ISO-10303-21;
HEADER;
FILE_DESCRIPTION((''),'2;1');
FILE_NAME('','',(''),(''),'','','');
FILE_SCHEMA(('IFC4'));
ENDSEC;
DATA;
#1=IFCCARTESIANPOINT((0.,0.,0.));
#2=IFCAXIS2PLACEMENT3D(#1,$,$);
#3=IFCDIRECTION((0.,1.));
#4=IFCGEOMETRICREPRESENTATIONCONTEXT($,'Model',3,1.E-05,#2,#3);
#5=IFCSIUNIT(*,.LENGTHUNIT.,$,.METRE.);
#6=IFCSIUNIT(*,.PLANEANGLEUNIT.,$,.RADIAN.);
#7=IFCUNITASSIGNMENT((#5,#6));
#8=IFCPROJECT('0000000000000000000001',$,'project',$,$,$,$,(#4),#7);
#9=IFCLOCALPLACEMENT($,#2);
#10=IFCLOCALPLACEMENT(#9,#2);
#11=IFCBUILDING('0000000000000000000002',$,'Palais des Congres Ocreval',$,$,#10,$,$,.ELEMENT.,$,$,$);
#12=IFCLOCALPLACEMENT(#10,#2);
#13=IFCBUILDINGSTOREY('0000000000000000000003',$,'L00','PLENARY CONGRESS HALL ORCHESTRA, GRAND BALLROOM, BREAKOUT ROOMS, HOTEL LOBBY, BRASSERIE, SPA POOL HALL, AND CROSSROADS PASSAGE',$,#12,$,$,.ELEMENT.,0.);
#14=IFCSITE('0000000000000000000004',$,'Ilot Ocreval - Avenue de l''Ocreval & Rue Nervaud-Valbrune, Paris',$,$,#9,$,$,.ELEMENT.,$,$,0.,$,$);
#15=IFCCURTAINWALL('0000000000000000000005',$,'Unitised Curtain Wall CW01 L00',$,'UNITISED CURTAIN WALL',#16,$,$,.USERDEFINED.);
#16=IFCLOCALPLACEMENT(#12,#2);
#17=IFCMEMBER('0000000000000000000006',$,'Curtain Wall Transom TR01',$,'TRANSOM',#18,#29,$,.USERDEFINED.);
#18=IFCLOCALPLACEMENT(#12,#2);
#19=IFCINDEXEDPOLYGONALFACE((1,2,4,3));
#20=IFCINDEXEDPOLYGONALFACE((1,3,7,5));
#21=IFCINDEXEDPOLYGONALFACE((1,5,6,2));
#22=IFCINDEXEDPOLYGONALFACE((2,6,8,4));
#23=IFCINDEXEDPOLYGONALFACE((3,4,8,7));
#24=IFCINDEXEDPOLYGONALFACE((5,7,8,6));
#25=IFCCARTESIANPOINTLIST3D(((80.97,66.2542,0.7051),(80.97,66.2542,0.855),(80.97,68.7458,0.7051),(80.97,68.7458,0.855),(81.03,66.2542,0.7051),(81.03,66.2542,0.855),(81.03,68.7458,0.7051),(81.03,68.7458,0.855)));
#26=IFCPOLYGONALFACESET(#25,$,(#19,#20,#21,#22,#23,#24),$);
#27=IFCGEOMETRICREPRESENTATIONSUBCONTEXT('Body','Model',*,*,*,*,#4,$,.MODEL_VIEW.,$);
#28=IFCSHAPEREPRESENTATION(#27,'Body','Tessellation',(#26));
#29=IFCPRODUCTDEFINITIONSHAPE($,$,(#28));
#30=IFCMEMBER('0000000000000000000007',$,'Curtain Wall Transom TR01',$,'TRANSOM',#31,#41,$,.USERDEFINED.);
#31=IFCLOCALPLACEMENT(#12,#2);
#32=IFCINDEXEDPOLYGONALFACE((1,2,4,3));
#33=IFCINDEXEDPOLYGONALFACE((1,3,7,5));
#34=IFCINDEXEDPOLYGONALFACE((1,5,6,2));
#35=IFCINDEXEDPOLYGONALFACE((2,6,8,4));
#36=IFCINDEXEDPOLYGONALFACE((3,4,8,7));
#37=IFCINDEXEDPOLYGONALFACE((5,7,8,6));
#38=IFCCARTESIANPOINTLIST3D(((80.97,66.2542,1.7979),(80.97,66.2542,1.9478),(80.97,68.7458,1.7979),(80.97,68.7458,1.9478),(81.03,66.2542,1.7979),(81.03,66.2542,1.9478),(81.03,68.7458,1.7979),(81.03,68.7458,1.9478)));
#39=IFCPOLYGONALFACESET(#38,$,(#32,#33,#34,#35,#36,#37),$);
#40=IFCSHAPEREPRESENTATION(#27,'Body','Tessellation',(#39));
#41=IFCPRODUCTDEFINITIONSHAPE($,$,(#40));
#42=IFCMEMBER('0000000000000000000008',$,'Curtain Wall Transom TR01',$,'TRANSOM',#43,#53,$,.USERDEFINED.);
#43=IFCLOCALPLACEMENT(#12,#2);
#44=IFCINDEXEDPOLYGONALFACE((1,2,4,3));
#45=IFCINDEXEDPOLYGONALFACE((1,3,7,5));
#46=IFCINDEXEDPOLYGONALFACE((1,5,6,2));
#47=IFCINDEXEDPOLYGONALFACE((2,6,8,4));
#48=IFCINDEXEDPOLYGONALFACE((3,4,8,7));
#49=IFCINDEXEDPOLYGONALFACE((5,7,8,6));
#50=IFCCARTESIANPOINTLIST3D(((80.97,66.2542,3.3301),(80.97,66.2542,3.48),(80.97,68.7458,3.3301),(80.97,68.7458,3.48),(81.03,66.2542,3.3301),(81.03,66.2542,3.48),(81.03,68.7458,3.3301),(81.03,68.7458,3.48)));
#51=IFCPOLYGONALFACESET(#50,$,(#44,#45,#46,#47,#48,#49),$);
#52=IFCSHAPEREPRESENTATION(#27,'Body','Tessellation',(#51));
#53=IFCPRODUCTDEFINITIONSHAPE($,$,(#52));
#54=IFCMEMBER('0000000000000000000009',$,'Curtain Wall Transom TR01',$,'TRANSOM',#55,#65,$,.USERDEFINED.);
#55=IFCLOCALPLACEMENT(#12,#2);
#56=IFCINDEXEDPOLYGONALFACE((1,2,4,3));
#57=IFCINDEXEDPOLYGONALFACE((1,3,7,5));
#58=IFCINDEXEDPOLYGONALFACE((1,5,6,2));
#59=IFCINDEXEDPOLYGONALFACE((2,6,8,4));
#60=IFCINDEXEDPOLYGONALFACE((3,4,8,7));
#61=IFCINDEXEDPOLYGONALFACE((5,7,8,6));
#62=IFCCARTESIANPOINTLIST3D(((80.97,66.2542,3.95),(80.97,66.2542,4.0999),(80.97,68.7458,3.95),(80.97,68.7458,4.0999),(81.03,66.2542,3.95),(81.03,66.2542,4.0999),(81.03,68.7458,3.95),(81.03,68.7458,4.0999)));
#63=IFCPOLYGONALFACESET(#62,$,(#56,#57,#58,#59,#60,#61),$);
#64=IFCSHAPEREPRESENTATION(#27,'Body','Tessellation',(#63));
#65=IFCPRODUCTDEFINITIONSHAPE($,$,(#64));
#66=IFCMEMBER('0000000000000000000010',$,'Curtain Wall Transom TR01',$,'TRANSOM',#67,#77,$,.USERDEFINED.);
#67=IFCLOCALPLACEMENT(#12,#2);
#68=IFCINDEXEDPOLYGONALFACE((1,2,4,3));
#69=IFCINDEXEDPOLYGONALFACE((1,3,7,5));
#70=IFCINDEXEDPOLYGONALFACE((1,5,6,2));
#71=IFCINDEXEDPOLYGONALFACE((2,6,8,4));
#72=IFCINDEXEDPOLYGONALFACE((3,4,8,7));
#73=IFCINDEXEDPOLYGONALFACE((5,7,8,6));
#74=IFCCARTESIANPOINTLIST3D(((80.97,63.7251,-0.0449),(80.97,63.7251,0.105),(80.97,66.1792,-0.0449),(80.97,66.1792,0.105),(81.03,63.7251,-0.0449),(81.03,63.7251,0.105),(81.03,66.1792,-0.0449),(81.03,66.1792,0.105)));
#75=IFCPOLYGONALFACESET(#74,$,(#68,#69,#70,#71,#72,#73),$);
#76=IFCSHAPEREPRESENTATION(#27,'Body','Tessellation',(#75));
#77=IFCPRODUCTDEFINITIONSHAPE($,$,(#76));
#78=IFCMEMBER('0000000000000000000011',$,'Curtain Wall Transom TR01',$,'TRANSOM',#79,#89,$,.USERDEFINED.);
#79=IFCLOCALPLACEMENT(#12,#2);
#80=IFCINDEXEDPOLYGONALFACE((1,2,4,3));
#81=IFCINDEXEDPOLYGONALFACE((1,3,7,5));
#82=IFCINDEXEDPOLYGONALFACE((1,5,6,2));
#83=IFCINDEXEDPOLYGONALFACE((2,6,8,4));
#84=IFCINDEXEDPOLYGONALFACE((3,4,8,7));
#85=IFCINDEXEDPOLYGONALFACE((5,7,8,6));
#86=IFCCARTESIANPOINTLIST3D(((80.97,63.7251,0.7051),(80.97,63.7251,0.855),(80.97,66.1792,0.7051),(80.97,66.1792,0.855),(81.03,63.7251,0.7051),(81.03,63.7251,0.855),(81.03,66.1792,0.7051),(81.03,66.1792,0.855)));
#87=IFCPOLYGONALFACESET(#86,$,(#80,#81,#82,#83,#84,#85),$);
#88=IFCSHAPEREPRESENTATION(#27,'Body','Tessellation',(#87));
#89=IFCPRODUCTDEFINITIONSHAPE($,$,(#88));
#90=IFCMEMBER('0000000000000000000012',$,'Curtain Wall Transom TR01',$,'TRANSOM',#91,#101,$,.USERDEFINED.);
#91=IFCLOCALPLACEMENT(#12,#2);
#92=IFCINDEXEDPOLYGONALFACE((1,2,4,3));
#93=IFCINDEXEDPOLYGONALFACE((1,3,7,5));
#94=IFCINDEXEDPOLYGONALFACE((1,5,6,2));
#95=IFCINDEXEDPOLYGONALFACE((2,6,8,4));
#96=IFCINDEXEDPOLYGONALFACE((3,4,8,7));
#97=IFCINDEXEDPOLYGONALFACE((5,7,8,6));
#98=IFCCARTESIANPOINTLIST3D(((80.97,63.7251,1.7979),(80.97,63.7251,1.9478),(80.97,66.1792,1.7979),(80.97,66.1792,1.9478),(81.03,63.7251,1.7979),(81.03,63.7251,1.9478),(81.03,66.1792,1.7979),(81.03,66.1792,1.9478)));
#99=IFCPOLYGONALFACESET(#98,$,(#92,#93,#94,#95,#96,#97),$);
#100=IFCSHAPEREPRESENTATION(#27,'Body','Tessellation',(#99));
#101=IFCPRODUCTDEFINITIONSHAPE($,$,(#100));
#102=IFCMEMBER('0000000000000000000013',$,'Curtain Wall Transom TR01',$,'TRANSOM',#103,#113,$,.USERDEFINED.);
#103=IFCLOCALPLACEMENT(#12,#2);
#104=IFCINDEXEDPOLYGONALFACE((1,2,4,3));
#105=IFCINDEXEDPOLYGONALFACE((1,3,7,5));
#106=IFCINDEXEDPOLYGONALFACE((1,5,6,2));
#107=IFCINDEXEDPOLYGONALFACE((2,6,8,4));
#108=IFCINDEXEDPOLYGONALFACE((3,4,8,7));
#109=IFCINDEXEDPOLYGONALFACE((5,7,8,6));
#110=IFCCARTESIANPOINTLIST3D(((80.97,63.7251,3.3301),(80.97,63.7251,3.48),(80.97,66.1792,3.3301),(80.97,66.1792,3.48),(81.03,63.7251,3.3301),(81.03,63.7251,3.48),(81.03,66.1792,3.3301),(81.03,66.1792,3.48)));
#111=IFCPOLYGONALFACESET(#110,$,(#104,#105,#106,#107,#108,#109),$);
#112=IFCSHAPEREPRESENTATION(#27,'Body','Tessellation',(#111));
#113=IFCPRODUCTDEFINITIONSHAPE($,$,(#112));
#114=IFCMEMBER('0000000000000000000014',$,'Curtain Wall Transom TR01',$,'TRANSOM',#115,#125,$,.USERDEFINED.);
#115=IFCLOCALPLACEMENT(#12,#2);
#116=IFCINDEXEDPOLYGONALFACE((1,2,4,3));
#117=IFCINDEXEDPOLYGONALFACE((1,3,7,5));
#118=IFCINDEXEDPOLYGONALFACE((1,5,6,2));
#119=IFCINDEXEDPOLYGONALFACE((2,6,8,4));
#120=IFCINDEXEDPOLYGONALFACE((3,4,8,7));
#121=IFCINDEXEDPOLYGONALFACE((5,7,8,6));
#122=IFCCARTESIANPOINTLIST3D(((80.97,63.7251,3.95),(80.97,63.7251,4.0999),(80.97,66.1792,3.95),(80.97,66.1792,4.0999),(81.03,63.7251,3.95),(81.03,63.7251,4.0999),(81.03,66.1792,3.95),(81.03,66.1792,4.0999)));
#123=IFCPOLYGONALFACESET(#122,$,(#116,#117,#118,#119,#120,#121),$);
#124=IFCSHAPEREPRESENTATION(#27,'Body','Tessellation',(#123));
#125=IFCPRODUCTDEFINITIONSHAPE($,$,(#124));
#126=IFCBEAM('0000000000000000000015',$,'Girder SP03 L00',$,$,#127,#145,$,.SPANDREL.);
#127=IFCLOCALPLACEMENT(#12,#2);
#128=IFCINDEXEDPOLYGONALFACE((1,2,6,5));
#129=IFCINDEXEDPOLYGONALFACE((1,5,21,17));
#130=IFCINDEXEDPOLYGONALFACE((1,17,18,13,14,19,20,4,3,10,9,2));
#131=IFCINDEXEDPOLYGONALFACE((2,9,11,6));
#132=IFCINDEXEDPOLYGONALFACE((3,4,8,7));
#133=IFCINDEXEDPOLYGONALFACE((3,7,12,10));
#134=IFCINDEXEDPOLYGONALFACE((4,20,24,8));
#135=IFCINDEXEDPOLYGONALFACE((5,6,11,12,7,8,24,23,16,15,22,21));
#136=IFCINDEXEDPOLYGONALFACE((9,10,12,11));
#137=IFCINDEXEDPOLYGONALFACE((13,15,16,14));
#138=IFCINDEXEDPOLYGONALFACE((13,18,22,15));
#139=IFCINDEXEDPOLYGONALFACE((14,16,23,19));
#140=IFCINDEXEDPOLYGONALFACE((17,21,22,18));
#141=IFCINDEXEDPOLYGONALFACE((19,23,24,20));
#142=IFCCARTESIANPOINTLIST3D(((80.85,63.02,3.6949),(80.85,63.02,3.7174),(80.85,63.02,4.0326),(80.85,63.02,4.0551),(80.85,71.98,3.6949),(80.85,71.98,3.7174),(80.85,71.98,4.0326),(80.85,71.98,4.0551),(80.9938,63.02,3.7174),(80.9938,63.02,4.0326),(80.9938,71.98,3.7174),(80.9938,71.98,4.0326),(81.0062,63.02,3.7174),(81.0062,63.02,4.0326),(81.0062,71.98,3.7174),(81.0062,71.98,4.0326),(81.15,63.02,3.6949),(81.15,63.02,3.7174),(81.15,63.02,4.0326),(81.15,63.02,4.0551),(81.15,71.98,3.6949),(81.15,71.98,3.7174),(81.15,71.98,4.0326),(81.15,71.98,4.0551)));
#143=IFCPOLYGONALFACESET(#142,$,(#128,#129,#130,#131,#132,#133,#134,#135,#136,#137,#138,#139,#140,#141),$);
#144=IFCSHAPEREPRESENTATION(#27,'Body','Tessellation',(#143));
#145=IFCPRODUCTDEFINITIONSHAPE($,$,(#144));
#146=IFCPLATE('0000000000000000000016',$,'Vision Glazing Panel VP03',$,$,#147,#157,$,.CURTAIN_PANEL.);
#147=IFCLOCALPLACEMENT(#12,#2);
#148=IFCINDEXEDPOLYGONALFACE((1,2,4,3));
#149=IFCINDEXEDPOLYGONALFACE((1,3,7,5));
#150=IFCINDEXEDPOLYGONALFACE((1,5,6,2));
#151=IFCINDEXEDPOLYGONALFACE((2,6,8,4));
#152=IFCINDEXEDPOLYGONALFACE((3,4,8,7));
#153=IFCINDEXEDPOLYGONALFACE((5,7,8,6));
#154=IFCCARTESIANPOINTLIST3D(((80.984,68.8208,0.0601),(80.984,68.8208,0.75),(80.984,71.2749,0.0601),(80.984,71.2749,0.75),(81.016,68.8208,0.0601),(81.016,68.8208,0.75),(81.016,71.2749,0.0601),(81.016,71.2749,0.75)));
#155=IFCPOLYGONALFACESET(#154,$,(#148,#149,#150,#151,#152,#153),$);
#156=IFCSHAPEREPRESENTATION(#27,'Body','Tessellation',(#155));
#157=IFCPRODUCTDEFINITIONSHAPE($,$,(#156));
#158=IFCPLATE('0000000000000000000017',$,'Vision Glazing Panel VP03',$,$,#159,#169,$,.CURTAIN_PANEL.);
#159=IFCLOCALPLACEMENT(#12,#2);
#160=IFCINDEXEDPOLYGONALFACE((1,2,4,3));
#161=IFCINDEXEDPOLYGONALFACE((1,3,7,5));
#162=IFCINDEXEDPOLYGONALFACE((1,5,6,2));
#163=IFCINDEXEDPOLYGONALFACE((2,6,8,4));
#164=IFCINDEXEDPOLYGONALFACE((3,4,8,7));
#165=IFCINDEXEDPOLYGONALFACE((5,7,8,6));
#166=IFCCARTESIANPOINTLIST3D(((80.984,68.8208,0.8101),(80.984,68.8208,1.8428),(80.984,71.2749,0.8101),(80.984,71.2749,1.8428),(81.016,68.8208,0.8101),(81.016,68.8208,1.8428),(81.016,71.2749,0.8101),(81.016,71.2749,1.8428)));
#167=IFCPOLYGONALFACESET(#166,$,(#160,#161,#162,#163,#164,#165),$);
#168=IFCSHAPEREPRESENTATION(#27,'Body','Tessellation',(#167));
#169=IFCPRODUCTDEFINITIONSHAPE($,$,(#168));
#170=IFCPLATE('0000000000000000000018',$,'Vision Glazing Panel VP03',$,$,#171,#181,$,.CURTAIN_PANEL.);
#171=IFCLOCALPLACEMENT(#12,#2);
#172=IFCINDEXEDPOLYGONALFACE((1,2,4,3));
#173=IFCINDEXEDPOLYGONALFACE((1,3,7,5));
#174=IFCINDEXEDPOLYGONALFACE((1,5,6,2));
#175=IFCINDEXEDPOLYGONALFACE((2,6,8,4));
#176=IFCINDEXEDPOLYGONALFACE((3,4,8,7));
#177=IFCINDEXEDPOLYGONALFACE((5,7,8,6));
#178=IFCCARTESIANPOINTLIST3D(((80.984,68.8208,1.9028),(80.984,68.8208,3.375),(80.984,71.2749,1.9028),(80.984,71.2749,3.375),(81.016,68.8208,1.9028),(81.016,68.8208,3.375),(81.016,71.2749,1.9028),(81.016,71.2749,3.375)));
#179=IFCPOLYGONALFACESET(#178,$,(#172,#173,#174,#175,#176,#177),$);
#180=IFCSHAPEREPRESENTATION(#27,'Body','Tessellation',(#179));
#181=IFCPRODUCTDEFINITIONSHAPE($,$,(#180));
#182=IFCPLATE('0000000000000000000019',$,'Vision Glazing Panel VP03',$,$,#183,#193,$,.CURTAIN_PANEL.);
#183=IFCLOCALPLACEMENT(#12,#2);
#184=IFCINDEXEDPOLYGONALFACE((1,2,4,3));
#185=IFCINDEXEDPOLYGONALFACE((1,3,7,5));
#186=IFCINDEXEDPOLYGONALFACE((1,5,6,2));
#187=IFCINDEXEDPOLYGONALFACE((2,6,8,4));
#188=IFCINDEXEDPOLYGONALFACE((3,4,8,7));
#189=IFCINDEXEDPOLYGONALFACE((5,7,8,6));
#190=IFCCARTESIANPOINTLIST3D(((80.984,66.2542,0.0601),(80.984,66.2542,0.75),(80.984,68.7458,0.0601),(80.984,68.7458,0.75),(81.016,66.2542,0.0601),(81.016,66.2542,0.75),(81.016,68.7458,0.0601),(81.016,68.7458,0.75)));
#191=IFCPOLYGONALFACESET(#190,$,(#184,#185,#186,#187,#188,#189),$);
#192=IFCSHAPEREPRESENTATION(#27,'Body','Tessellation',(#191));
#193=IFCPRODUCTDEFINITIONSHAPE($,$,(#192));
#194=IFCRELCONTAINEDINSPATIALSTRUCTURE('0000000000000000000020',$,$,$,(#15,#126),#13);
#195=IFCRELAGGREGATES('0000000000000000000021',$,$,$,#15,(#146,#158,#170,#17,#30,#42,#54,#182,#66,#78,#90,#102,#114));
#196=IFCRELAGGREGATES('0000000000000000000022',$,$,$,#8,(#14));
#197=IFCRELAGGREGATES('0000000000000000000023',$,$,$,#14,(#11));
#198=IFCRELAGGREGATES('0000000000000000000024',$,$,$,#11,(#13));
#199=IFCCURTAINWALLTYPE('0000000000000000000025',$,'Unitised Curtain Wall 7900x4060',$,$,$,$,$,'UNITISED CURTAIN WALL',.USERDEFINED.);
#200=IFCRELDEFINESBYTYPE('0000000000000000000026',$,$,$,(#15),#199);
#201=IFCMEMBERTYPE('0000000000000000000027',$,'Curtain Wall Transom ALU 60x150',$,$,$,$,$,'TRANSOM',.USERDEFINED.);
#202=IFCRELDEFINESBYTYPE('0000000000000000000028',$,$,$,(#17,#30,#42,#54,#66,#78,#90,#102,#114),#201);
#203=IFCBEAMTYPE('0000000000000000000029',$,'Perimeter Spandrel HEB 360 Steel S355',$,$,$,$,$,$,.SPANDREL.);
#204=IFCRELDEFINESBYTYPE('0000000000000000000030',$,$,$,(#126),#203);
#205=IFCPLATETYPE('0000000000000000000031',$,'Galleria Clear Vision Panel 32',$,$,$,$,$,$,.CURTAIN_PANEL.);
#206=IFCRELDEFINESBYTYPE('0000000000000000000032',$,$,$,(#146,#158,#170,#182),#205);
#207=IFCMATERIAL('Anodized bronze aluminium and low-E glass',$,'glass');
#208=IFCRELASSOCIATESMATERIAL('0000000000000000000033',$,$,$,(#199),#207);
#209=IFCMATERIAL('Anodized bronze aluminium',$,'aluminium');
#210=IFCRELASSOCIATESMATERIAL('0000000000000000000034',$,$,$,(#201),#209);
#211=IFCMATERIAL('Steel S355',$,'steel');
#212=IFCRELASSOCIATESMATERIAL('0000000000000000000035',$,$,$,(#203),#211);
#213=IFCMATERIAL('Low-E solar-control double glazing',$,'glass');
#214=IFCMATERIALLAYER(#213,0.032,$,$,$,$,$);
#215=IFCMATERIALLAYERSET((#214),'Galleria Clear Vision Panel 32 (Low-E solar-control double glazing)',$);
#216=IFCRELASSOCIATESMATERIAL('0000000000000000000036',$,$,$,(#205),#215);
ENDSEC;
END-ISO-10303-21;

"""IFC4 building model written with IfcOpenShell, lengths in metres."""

from ifc_helpers import new_model, si_unit, direction, frame, origin, origin_2d, place, context, subcontext, project, spatial, rectangle, i_section, extrude, material, layer, layer_set, material_profile, profile_set, type_object, element, aggregate, save


model = new_model("IFC4")

# Units and contexts
model_context = context("Model", 3, precision=1e-05, world=origin(), true_north=direction((0.0, 1.0)))
body_context = subcontext(model_context, "Body", "Model", "MODEL_VIEW")
ifc_project = project(units=[si_unit("LENGTHUNIT", "METRE"), si_unit("PLANEANGLEUNIT", "RADIAN")], contexts=[model_context])

# Site, building, storey
site_placement = place(None, origin())
site = spatial("IfcSite", under=ifc_project, at=site_placement, Name="Ilot Ocreval - Avenue de l'Ocreval & Rue Nervaud-Valbrune, Paris", CompositionType="ELEMENT", RefElevation=0.0)
building_placement = place(site_placement, origin())
building = spatial("IfcBuilding", under=site, at=building_placement, Name="Palais des Congres Ocreval", CompositionType="ELEMENT")
storey_placement = place(building_placement, origin())
storey = spatial("IfcBuildingStorey", under=building, at=storey_placement, Name="L00", Description="PLENARY CONGRESS HALL ORCHESTRA, GRAND BALLROOM, BREAKOUT ROOMS, HOTEL LOBBY, BRASSERIE, SPA POOL HALL, AND CROSSROADS PASSAGE", CompositionType="ELEMENT", Elevation=0.0)

# Shared definitions
ifc_material_1 = material(Name="Steel S355", Category="steel")

# Curtain wall, members
ifc_material_2 = material(Name="Anodized bronze aluminium and low-E glass", Category="glass")
curtain_wall_type = type_object("IfcCurtainWallType", Name="Unitised Curtain Wall 7900x4060", ElementType="UNITISED CURTAIN WALL", PredefinedType="USERDEFINED", material=ifc_material_2)
curtain_wall_placement = place(storey_placement, origin())
curtain_wall = element("IfcCurtainWall", 1, at=curtain_wall_placement, inside=storey, type_object=curtain_wall_type, Name="Unitised Curtain Wall CW01 L00", ObjectType="UNITISED CURTAIN WALL", PredefinedType="USERDEFINED")
ifc_material_3 = material(Name="Anodized bronze aluminium", Category="aluminium")
ifc_material_profile_1 = material_profile(ifc_material_3, rectangle(XDim=0.0601, YDim=0.1499, at=origin_2d()), Name="ALU 60x150")
ifc_profile_set_1 = profile_set([ifc_material_profile_1], Name="Anodized bronze aluminium")
member_type_1 = type_object("IfcMemberType", Name="Curtain Wall Transom ALU 60x150", ElementType="TRANSOM", PredefinedType="USERDEFINED", material=ifc_profile_set_1)
member_1_placement = place(storey_placement, frame((81.0, 68.7458, 0.78), z_axis=(0.0, -1.0, 0.0), x_axis=(1.0, 0.0, 0.0)))
member_1 = element("IfcMember", 2, at=member_1_placement, type_object=member_type_1, Name="Curtain Wall Transom TR01", ObjectType="TRANSOM", PredefinedType="USERDEFINED", context=body_context, shape_type="SweptSolid", body=[
    extrude(rectangle(XDim=0.0601, YDim=0.1499, at=origin_2d()), origin(), (0.0, 0.0, 1.0), 2.4917),
])
member_2_placement = place(storey_placement, frame((81.0, 68.7458, 1.8728), z_axis=(0.0, -1.0, 0.0), x_axis=(1.0, 0.0, 0.0)))
member_2 = element("IfcMember", 3, at=member_2_placement, type_object=member_type_1, Name="Curtain Wall Transom TR01", ObjectType="TRANSOM", PredefinedType="USERDEFINED", context=body_context, shape_type="SweptSolid", body=[
    extrude(rectangle(XDim=0.0601, YDim=0.1499, at=origin_2d()), origin(), (0.0, 0.0, 1.0), 2.4917),
])
member_3_placement = place(storey_placement, frame((81.0, 68.7458, 3.405), z_axis=(0.0, -1.0, 0.0), x_axis=(1.0, 0.0, 0.0)))
member_3 = element("IfcMember", 4, at=member_3_placement, type_object=member_type_1, Name="Curtain Wall Transom TR01", ObjectType="TRANSOM", PredefinedType="USERDEFINED", context=body_context, shape_type="SweptSolid", body=[
    extrude(rectangle(XDim=0.0601, YDim=0.1499, at=origin_2d()), origin(), (0.0, 0.0, 1.0), 2.4917),
])
member_4_placement = place(storey_placement, frame((81.0, 68.7458, 4.0249), z_axis=(0.0, -1.0, 0.0), x_axis=(1.0, 0.0, 0.0)))
member_4 = element("IfcMember", 5, at=member_4_placement, type_object=member_type_1, Name="Curtain Wall Transom TR01", ObjectType="TRANSOM", PredefinedType="USERDEFINED", context=body_context, shape_type="SweptSolid", body=[
    extrude(rectangle(XDim=0.0601, YDim=0.1499, at=origin_2d()), origin(), (0.0, 0.0, 1.0), 2.4917),
])
member_5_placement = place(storey_placement, frame((81.0, 66.1792, 0.03), z_axis=(0.0, -1.0, 0.0), x_axis=(1.0, 0.0, 0.0)))
member_5 = element("IfcMember", 6, at=member_5_placement, type_object=member_type_1, Name="Curtain Wall Transom TR01", ObjectType="TRANSOM", PredefinedType="USERDEFINED", context=body_context, shape_type="SweptSolid", body=[
    extrude(rectangle(XDim=0.0601, YDim=0.1499, at=origin_2d()), origin(), (0.0, 0.0, 1.0), 2.4541),
])
member_6_placement = place(storey_placement, frame((81.0, 66.1792, 0.78), z_axis=(0.0, -1.0, 0.0), x_axis=(1.0, 0.0, 0.0)))
member_6 = element("IfcMember", 7, at=member_6_placement, type_object=member_type_1, Name="Curtain Wall Transom TR01", ObjectType="TRANSOM", PredefinedType="USERDEFINED", context=body_context, shape_type="SweptSolid", body=[
    extrude(rectangle(XDim=0.0601, YDim=0.1499, at=origin_2d()), origin(), (0.0, 0.0, 1.0), 2.4541),
])
member_7_placement = place(storey_placement, frame((81.0, 66.1792, 1.8728), z_axis=(0.0, -1.0, 0.0), x_axis=(1.0, 0.0, 0.0)))
member_7 = element("IfcMember", 8, at=member_7_placement, type_object=member_type_1, Name="Curtain Wall Transom TR01", ObjectType="TRANSOM", PredefinedType="USERDEFINED", context=body_context, shape_type="SweptSolid", body=[
    extrude(rectangle(XDim=0.0601, YDim=0.1499, at=origin_2d()), origin(), (0.0, 0.0, 1.0), 2.4541),
])
member_8_placement = place(storey_placement, frame((81.0, 66.1792, 3.405), z_axis=(0.0, -1.0, 0.0), x_axis=(1.0, 0.0, 0.0)))
member_8 = element("IfcMember", 9, at=member_8_placement, type_object=member_type_1, Name="Curtain Wall Transom TR01", ObjectType="TRANSOM", PredefinedType="USERDEFINED", context=body_context, shape_type="SweptSolid", body=[
    extrude(rectangle(XDim=0.0601, YDim=0.1499, at=origin_2d()), origin(), (0.0, 0.0, 1.0), 2.4541),
])
member_9_placement = place(storey_placement, frame((81.0, 66.1792, 4.0249), z_axis=(0.0, -1.0, 0.0), x_axis=(1.0, 0.0, 0.0)))
member_9 = element("IfcMember", 10, at=member_9_placement, type_object=member_type_1, Name="Curtain Wall Transom TR01", ObjectType="TRANSOM", PredefinedType="USERDEFINED", context=body_context, shape_type="SweptSolid", body=[
    extrude(rectangle(XDim=0.0601, YDim=0.1499, at=origin_2d()), origin(), (0.0, 0.0, 1.0), 2.4541),
])

# Beam
ifc_material_profile_2 = material_profile(ifc_material_1, i_section(OverallWidth=0.3, OverallDepth=0.3601, WebThickness=0.0125, FlangeThickness=0.0225, at=origin_2d()), Name="HEB 360")
ifc_profile_set_2 = profile_set([ifc_material_profile_2], Name="Steel S355")
beam_type = type_object("IfcBeamType", Name="Perimeter Spandrel HEB 360 Steel S355", PredefinedType="SPANDREL", material=ifc_profile_set_2)
beam_placement = place(storey_placement, frame((81.0, 63.02, 3.875), z_axis=(0.0, 1.0, 0.0), x_axis=(-1.0, 0.0, 0.0)))
element("IfcBeam", 11, at=beam_placement, inside=storey, type_object=beam_type, Name="Girder SP03 L00", PredefinedType="SPANDREL", context=body_context, shape_type="SweptSolid", body=[
    extrude(i_section(OverallWidth=0.3, OverallDepth=0.3601, WebThickness=0.0125, FlangeThickness=0.0225, at=origin_2d()), origin(), (0.0, 0.0, 1.0), 8.96),
])

# Plates
ifc_material_4 = material(Name="Low-E solar-control double glazing", Category="glass")
ifc_layer_1 = layer(ifc_material_4, 0.032)
ifc_layer_set_1 = layer_set([ifc_layer_1], Name="Galleria Clear Vision Panel 32 (Low-E solar-control double glazing)")
plate_type_1 = type_object("IfcPlateType", Name="Galleria Clear Vision Panel 32", PredefinedType="CURTAIN_PANEL", material=ifc_layer_set_1)
plate_1_placement = place(storey_placement, frame((81.0, 70.0479, 0.0601), z_axis=(0.0, 0.0, 1.0), x_axis=(0.0, -1.0, 0.0)))
plate_1 = element("IfcPlate", 12, at=plate_1_placement, type_object=plate_type_1, Name="Vision Glazing Panel VP03", PredefinedType="CURTAIN_PANEL", context=body_context, shape_type="SweptSolid", body=[
    extrude(rectangle(XDim=2.4541, YDim=0.032, at=origin_2d()), origin(), (0.0, 0.0, 1.0), 0.6899),
])
plate_2_placement = place(storey_placement, frame((81.0, 70.0479, 0.8101), z_axis=(0.0, 0.0, 1.0), x_axis=(0.0, -1.0, 0.0)))
plate_2 = element("IfcPlate", 13, at=plate_2_placement, type_object=plate_type_1, Name="Vision Glazing Panel VP03", PredefinedType="CURTAIN_PANEL", context=body_context, shape_type="SweptSolid", body=[
    extrude(rectangle(XDim=2.4541, YDim=0.032, at=origin_2d()), origin(), (0.0, 0.0, 1.0), 1.0327),
])
plate_3_placement = place(storey_placement, frame((81.0, 70.0479, 1.9028), z_axis=(0.0, 0.0, 1.0), x_axis=(0.0, -1.0, 0.0)))
plate_3 = element("IfcPlate", 14, at=plate_3_placement, type_object=plate_type_1, Name="Vision Glazing Panel VP03", PredefinedType="CURTAIN_PANEL", context=body_context, shape_type="SweptSolid", body=[
    extrude(rectangle(XDim=2.4541, YDim=0.032, at=origin_2d()), origin(), (0.0, 0.0, 1.0), 1.4722),
])
plate_4_placement = place(storey_placement, frame((81.0, 67.5, 0.0601), z_axis=(0.0, 0.0, 1.0), x_axis=(0.0, -1.0, 0.0)))
plate_4 = element("IfcPlate", 15, at=plate_4_placement, type_object=plate_type_1, Name="Vision Glazing Panel VP03", PredefinedType="CURTAIN_PANEL", context=body_context, shape_type="SweptSolid", body=[
    extrude(rectangle(XDim=2.4917, YDim=0.032, at=origin_2d()), origin(), (0.0, 0.0, 1.0), 0.6899),
])
aggregate(curtain_wall, [plate_1, plate_2, plate_3, member_1, member_2, member_3, member_4, plate_4, member_5, member_6, member_7, member_8, member_9])

save(model, "model.ifc")
